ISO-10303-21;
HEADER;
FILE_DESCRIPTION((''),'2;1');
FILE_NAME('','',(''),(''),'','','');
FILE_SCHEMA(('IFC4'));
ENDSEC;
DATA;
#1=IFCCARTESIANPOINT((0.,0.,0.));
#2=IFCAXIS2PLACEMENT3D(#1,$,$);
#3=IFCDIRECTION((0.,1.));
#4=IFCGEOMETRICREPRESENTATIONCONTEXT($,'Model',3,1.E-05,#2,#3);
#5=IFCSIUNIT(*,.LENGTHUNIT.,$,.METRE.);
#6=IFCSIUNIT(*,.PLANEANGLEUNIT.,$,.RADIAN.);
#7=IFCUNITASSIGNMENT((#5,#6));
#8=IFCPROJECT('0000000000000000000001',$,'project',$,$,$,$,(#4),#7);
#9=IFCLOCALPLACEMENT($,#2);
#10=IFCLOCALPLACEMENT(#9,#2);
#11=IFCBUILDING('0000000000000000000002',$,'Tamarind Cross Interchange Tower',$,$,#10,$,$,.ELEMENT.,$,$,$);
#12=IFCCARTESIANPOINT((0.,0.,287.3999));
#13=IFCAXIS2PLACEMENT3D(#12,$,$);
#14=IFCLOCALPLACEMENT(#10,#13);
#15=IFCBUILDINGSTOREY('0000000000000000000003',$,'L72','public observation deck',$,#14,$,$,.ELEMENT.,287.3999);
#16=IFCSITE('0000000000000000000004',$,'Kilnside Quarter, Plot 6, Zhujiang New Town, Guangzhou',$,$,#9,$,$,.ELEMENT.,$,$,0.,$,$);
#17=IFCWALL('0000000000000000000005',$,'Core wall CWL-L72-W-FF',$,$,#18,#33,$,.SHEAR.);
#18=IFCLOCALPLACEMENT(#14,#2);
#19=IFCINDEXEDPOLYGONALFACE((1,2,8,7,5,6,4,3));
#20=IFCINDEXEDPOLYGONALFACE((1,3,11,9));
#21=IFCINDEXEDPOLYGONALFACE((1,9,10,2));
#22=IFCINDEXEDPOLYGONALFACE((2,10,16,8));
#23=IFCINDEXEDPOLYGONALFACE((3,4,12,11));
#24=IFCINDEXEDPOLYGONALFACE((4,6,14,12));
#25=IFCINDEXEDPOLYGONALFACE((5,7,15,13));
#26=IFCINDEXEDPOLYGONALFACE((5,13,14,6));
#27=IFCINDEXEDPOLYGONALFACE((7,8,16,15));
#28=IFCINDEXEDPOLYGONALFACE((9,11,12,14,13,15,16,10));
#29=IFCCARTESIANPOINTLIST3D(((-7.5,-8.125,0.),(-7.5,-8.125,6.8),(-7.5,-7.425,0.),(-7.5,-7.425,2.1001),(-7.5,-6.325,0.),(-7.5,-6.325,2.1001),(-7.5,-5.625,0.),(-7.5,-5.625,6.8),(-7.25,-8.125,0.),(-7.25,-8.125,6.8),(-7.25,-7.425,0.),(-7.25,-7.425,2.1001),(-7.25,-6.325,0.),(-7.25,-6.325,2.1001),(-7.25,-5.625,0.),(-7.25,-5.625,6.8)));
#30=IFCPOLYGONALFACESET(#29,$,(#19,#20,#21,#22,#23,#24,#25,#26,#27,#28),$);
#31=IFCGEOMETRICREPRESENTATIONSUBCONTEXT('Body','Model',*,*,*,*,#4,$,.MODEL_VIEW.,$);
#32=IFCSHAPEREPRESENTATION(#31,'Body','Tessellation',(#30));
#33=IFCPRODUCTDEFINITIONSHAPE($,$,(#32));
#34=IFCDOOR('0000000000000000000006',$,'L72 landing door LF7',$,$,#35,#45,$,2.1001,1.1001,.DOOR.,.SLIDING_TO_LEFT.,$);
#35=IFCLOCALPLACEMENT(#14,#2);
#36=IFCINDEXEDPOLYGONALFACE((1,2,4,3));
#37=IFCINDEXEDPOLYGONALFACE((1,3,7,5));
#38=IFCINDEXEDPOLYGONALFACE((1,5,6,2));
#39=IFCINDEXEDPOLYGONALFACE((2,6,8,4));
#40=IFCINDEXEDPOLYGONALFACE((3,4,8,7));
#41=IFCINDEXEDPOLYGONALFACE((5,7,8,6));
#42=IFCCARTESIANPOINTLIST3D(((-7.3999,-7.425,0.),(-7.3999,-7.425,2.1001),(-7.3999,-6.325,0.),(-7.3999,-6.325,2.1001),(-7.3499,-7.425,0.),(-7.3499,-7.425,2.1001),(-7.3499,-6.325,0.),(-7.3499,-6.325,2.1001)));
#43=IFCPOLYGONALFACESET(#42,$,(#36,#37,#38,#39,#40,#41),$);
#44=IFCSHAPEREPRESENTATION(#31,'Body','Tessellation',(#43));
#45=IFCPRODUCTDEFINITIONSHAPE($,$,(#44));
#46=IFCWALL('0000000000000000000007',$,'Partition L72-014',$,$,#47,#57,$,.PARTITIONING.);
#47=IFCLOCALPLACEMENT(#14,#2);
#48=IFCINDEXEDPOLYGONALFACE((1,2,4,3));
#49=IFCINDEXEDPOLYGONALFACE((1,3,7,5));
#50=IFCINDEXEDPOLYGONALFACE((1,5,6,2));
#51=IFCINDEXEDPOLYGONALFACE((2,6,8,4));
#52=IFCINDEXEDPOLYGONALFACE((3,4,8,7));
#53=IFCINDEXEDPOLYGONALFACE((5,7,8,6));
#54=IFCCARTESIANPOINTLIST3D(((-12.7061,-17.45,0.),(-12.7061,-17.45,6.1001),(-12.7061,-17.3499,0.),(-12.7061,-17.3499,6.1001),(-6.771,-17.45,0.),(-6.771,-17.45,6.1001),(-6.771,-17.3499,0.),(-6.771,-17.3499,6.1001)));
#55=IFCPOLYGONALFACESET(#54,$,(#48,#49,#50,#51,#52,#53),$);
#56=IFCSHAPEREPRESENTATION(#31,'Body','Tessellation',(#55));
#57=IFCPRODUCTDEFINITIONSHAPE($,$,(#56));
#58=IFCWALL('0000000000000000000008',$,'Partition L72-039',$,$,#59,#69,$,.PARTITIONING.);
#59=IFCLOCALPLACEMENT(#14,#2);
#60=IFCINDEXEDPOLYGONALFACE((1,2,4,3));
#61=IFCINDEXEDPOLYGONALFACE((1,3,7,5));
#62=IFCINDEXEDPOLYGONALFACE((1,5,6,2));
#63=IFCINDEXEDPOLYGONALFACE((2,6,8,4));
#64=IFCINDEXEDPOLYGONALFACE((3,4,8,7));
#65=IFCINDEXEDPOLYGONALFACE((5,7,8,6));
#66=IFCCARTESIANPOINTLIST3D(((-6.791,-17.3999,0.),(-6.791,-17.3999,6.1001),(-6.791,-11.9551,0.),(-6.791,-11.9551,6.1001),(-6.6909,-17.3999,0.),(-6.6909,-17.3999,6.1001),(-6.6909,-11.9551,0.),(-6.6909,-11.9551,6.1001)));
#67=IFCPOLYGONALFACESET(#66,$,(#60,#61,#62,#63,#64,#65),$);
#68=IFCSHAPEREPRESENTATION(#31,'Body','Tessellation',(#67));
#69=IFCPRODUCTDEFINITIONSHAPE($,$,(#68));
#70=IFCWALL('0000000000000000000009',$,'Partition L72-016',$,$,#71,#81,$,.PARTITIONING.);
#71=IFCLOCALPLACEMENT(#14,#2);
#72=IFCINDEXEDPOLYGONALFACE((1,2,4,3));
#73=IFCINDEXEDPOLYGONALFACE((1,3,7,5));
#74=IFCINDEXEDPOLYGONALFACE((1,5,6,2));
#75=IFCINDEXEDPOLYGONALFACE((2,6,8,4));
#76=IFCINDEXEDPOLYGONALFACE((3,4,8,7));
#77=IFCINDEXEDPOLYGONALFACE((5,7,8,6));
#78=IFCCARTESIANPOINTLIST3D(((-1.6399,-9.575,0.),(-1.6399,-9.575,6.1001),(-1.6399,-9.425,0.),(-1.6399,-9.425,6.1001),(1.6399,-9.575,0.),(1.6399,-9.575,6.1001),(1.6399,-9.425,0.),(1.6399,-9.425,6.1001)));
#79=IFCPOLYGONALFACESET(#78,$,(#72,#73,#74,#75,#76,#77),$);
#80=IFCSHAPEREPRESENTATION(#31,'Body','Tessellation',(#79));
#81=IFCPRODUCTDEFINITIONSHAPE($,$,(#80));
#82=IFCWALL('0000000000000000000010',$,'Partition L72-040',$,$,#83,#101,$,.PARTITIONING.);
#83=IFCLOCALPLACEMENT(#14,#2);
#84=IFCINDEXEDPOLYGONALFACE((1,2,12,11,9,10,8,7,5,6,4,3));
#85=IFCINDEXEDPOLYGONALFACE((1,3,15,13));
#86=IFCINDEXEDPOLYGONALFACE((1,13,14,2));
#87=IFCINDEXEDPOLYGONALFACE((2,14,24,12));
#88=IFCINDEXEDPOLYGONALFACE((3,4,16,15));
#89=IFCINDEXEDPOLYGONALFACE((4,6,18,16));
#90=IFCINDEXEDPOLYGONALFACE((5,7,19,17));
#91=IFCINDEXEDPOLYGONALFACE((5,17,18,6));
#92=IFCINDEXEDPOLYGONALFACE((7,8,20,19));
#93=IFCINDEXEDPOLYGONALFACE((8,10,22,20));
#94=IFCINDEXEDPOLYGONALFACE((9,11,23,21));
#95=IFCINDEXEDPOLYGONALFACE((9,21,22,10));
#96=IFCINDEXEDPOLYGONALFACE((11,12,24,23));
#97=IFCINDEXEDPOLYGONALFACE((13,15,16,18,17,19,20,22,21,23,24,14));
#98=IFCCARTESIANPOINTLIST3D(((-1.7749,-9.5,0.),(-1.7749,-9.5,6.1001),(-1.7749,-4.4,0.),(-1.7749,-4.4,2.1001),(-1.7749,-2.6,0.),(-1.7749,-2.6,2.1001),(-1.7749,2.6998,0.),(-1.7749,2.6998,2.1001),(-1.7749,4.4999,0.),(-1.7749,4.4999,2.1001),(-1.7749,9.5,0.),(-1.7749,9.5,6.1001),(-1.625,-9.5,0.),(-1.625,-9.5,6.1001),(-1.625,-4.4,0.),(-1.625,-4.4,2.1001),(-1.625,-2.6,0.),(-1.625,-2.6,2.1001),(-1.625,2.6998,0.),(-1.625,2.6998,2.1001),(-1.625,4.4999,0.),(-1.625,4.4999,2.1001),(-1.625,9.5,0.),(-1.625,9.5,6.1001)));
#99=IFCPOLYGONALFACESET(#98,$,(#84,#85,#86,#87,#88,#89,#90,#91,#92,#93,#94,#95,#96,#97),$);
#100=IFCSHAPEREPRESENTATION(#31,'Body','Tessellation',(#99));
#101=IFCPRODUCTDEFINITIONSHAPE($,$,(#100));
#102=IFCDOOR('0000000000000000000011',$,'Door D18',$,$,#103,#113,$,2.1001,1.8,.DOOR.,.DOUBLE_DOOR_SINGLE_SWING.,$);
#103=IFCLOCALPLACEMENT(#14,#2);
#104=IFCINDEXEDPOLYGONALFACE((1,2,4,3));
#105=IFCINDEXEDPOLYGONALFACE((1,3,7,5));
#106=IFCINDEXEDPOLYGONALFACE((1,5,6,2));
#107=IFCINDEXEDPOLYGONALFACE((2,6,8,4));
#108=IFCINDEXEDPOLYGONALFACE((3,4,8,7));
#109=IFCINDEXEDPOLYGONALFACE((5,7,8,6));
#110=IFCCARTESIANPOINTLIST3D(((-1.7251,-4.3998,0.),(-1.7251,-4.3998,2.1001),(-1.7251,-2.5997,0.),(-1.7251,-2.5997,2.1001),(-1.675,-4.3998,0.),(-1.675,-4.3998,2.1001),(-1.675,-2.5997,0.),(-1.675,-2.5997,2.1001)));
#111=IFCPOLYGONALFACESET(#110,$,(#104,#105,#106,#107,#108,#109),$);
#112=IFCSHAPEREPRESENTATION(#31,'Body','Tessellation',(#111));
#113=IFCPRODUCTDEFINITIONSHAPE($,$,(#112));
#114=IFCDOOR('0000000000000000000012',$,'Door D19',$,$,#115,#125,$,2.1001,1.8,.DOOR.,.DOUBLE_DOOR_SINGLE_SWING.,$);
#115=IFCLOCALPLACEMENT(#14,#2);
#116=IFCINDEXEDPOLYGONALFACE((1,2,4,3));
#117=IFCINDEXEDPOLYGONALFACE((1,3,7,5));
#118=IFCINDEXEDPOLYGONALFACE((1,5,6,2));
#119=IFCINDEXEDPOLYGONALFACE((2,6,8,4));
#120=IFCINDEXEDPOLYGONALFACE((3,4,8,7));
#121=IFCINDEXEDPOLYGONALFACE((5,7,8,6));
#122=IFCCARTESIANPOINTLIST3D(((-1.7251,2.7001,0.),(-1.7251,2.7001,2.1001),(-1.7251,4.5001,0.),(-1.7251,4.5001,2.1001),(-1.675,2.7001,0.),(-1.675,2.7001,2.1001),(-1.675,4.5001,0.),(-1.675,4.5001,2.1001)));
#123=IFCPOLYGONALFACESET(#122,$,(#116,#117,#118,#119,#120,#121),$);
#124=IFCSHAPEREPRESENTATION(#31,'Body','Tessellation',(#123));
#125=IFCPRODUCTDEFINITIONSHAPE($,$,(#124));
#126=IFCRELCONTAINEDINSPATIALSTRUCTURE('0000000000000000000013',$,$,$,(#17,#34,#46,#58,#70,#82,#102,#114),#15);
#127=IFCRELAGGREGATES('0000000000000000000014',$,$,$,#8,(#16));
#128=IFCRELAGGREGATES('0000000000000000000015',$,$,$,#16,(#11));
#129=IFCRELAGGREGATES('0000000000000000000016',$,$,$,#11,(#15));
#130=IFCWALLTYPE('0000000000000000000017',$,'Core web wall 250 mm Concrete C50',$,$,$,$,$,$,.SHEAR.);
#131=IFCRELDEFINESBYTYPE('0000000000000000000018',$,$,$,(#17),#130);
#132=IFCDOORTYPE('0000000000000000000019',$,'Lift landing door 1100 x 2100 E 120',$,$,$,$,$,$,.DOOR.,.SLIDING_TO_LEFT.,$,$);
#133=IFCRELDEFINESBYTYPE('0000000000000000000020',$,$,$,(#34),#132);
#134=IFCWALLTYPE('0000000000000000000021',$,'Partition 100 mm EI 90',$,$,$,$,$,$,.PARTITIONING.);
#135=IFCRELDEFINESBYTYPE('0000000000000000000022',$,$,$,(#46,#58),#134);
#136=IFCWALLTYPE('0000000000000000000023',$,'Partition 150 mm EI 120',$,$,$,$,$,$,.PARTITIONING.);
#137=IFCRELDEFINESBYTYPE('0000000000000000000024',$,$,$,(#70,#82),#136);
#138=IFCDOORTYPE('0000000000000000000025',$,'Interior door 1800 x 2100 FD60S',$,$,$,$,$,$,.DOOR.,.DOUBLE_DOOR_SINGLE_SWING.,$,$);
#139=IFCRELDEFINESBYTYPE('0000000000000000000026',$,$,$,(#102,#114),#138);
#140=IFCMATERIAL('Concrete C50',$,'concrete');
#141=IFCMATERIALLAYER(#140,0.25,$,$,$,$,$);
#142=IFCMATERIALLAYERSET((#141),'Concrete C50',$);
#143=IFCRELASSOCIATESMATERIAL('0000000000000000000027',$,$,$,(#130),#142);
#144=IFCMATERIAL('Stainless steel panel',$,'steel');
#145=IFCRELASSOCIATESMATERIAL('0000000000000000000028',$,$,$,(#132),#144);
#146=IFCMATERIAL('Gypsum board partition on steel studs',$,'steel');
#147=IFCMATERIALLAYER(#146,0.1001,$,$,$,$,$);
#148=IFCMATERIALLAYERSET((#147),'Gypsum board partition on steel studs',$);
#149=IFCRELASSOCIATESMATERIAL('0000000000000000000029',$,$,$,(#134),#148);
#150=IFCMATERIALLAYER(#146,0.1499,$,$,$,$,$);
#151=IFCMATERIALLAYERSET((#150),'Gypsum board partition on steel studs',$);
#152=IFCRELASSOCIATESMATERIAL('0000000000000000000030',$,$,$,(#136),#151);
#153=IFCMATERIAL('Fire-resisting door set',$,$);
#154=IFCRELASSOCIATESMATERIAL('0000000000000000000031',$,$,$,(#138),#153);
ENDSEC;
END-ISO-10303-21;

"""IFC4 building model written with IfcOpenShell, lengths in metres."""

from ifc_helpers import new_model, si_unit, direction, frame, frame_2d, origin, place, context, subcontext, project, spatial, rectangle, extrude, material, layer, layer_set, type_object, element, fill, save


model = new_model("IFC4")

# Units and contexts
model_context = context("Model", 3, precision=1e-05, world=origin(), true_north=direction((0.0, 1.0)))
body_context = subcontext(model_context, "Body", "Model", "MODEL_VIEW")
ifc_project = project(units=[si_unit("LENGTHUNIT", "METRE"), si_unit("PLANEANGLEUNIT", "RADIAN")], contexts=[model_context])

# Site, building, storey
site_placement = place(None, origin())
site = spatial("IfcSite", under=ifc_project, at=site_placement, Name="Kilnside Quarter, Plot 6, Zhujiang New Town, Guangzhou", CompositionType="ELEMENT", RefElevation=0.0)
building_placement = place(site_placement, origin())
building = spatial("IfcBuilding", under=site, at=building_placement, Name="Tamarind Cross Interchange Tower", CompositionType="ELEMENT")
storey_placement = place(building_placement, frame((0.0, 0.0, 287.3999)))
storey = spatial("IfcBuildingStorey", under=building, at=storey_placement, Name="L72", Description="public observation deck", CompositionType="ELEMENT", Elevation=287.3999)

# Shared definitions
ifc_material_1 = material(Name="Concrete C50", Category="concrete")

# Shared definitions
ifc_layer_1 = layer(ifc_material_1, 0.25)
ifc_layer_set_1 = layer_set([ifc_layer_1], Name="Concrete C50")
wall_type_1 = type_object("IfcWallType", Name="Core web wall 250 mm Concrete C50", PredefinedType="SHEAR", material=ifc_layer_set_1)

# Wall, opening, door
wall_1_placement = place(storey_placement, frame((-7.375, -8.125, 0.0), z_axis=(0.0, 0.0, 1.0), x_axis=(0.0, 1.0, 0.0)))
wall_1 = element("IfcWall", 1, at=wall_1_placement, inside=storey, type_object=wall_type_1, Name="Core wall CWL-L72-W-FF", PredefinedType="SHEAR", context=body_context, shape_type="SweptSolid", body=[
    extrude(rectangle(XDim=2.5, YDim=0.25, at=frame_2d((1.25, 0.0))), origin(), (0.0, 0.0, 1.0), 6.8),
])
opening_1_placement = place(wall_1_placement, frame((0.7, 0.0, 0.0)))
opening_1 = element("IfcOpeningElement", 2, at=opening_1_placement, cuts=wall_1, PredefinedType="OPENING", context=body_context, shape_type="SweptSolid", body=[
    extrude(rectangle(XDim=1.1001, YDim=2.1001, at=frame_2d((0.55, 1.05))), frame((0.0, 0.135, 0.0), z_axis=(0.0, -1.0, 0.0), x_axis=(1.0, 0.0, 0.0)), (0.0, 0.0, 1.0), 0.27),
])
ifc_material_2 = material(Name="Stainless steel panel", Category="steel")
door_type_1 = type_object("IfcDoorType", Name="Lift landing door 1100 x 2100 E 120", OperationType="SLIDING_TO_LEFT", PredefinedType="DOOR", material=ifc_material_2)
door_1_placement = place(opening_1_placement, origin())
door_1 = element("IfcDoor", 3, at=door_1_placement, inside=storey, type_object=door_type_1, Name="L72 landing door LF7", OperationType="SLIDING_TO_LEFT", OverallHeight=2.1001, OverallWidth=1.1001, PredefinedType="DOOR", context=body_context, shape_type="SweptSolid", body=[
    extrude(rectangle(XDim=1.1001, YDim=2.1001, at=frame_2d((0.55, 1.05))), frame((0.0, 0.0249, 0.0), z_axis=(0.0, -1.0, 0.0), x_axis=(1.0, 0.0, 0.0)), (0.0, 0.0, 1.0), 0.05),
])
fill(opening_1, door_1)

# Walls
ifc_material_3 = material(Name="Gypsum board partition on steel studs", Category="steel")
ifc_layer_2 = layer(ifc_material_3, 0.1001)
ifc_layer_set_2 = layer_set([ifc_layer_2], Name="Gypsum board partition on steel studs")
wall_type_2 = type_object("IfcWallType", Name="Partition 100 mm EI 90", PredefinedType="PARTITIONING", material=ifc_layer_set_2)
wall_2_placement = place(storey_placement, frame((-12.7061, -17.3999, 0.0), z_axis=(0.0, 0.0, 1.0), x_axis=(1.0, 0.0, 0.0)))
element("IfcWall", 4, at=wall_2_placement, inside=storey, type_object=wall_type_2, Name="Partition L72-014", PredefinedType="PARTITIONING", context=body_context, shape_type="SweptSolid", body=[
    extrude(rectangle(XDim=5.9351, YDim=0.1001, at=frame_2d((2.9675, 0.0))), origin(), (0.0, 0.0, 1.0), 6.1001),
])
wall_3_placement = place(storey_placement, frame((-6.741, -17.3999, 0.0), z_axis=(0.0, 0.0, 1.0), x_axis=(0.0, 1.0, 0.0)))
element("IfcWall", 5, at=wall_3_placement, inside=storey, type_object=wall_type_2, Name="Partition L72-039", PredefinedType="PARTITIONING", context=body_context, shape_type="SweptSolid", body=[
    extrude(rectangle(XDim=5.4448, YDim=0.1001, at=frame_2d((2.7224, 0.0))), origin(), (0.0, 0.0, 1.0), 6.1001),
])
ifc_layer_3 = layer(ifc_material_3, 0.1499)
ifc_layer_set_3 = layer_set([ifc_layer_3], Name="Gypsum board partition on steel studs")
wall_type_3 = type_object("IfcWallType", Name="Partition 150 mm EI 120", PredefinedType="PARTITIONING", material=ifc_layer_set_3)
wall_4_placement = place(storey_placement, frame((-1.6399, -9.5, 0.0), z_axis=(0.0, 0.0, 1.0), x_axis=(1.0, 0.0, 0.0)))
element("IfcWall", 6, at=wall_4_placement, inside=storey, type_object=wall_type_3, Name="Partition L72-016", PredefinedType="PARTITIONING", context=body_context, shape_type="SweptSolid", body=[
    extrude(rectangle(XDim=3.2798, YDim=0.1499, at=frame_2d((1.6399, 0.0))), origin(), (0.0, 0.0, 1.0), 6.1001),
])

# Wall, openings, doors
wall_5_placement = place(storey_placement, frame((-1.7, -9.5, 0.0), z_axis=(0.0, 0.0, 1.0), x_axis=(0.0, 1.0, 0.0)))
wall_5 = element("IfcWall", 7, at=wall_5_placement, inside=storey, type_object=wall_type_3, Name="Partition L72-040", PredefinedType="PARTITIONING", context=body_context, shape_type="SweptSolid", body=[
    extrude(rectangle(XDim=19.0, YDim=0.1499, at=frame_2d((9.5, 0.0))), origin(), (0.0, 0.0, 1.0), 6.1001),
])
opening_2_placement = place(wall_5_placement, frame((5.1001, 0.0, 0.0)))
opening_2 = element("IfcOpeningElement", 8, at=opening_2_placement, cuts=wall_5, PredefinedType="OPENING", context=body_context, shape_type="SweptSolid", body=[
    extrude(rectangle(XDim=1.8, YDim=2.1001, at=frame_2d((0.8999, 1.05))), frame((0.0, 0.085, 0.0), z_axis=(0.0, -1.0, 0.0), x_axis=(1.0, 0.0, 0.0)), (0.0, 0.0, 1.0), 0.1699),
])
opening_3_placement = place(wall_5_placement, frame((12.2, 0.0, 0.0)))
opening_3 = element("IfcOpeningElement", 9, at=opening_3_placement, cuts=wall_5, PredefinedType="OPENING", context=body_context, shape_type="SweptSolid", body=[
    extrude(rectangle(XDim=1.8, YDim=2.1001, at=frame_2d((0.8999, 1.05))), frame((0.0, 0.085, 0.0), z_axis=(0.0, -1.0, 0.0), x_axis=(1.0, 0.0, 0.0)), (0.0, 0.0, 1.0), 0.1699),
])
ifc_material_4 = material(Name="Fire-resisting door set")
door_type_2 = type_object("IfcDoorType", Name="Interior door 1800 x 2100 FD60S", OperationType="DOUBLE_DOOR_SINGLE_SWING", PredefinedType="DOOR", material=ifc_material_4)
door_2_placement = place(opening_2_placement, frame((1.8, 0.0, 0.0), z_axis=(0.0, 0.0, 1.0), x_axis=(-1.0, 0.0, 0.0)))
door_2 = element("IfcDoor", 10, at=door_2_placement, inside=storey, type_object=door_type_2, Name="Door D18", OperationType="DOUBLE_DOOR_SINGLE_SWING", OverallHeight=2.1001, OverallWidth=1.8, PredefinedType="DOOR", context=body_context, shape_type="SweptSolid", body=[
    extrude(rectangle(XDim=1.8, YDim=2.1001, at=frame_2d((0.8999, 1.05))), frame((0.0, 0.0249, 0.0), z_axis=(0.0, -1.0, 0.0), x_axis=(1.0, 0.0, 0.0)), (0.0, 0.0, 1.0), 0.05),
])
fill(opening_2, door_2)
door_3_placement = place(opening_3_placement, frame((1.8, 0.0, 0.0), z_axis=(0.0, 0.0, 1.0), x_axis=(-1.0, 0.0, 0.0)))
door_3 = element("IfcDoor", 11, at=door_3_placement, inside=storey, type_object=door_type_2, Name="Door D19", OperationType="DOUBLE_DOOR_SINGLE_SWING", OverallHeight=2.1001, OverallWidth=1.8, PredefinedType="DOOR", context=body_context, shape_type="SweptSolid", body=[
    extrude(rectangle(XDim=1.8, YDim=2.1001, at=frame_2d((0.8999, 1.05))), frame((0.0, 0.0249, 0.0), z_axis=(0.0, -1.0, 0.0), x_axis=(1.0, 0.0, 0.0)), (0.0, 0.0, 1.0), 0.05),
])
fill(opening_3, door_3)

save(model, "model.ifc")
